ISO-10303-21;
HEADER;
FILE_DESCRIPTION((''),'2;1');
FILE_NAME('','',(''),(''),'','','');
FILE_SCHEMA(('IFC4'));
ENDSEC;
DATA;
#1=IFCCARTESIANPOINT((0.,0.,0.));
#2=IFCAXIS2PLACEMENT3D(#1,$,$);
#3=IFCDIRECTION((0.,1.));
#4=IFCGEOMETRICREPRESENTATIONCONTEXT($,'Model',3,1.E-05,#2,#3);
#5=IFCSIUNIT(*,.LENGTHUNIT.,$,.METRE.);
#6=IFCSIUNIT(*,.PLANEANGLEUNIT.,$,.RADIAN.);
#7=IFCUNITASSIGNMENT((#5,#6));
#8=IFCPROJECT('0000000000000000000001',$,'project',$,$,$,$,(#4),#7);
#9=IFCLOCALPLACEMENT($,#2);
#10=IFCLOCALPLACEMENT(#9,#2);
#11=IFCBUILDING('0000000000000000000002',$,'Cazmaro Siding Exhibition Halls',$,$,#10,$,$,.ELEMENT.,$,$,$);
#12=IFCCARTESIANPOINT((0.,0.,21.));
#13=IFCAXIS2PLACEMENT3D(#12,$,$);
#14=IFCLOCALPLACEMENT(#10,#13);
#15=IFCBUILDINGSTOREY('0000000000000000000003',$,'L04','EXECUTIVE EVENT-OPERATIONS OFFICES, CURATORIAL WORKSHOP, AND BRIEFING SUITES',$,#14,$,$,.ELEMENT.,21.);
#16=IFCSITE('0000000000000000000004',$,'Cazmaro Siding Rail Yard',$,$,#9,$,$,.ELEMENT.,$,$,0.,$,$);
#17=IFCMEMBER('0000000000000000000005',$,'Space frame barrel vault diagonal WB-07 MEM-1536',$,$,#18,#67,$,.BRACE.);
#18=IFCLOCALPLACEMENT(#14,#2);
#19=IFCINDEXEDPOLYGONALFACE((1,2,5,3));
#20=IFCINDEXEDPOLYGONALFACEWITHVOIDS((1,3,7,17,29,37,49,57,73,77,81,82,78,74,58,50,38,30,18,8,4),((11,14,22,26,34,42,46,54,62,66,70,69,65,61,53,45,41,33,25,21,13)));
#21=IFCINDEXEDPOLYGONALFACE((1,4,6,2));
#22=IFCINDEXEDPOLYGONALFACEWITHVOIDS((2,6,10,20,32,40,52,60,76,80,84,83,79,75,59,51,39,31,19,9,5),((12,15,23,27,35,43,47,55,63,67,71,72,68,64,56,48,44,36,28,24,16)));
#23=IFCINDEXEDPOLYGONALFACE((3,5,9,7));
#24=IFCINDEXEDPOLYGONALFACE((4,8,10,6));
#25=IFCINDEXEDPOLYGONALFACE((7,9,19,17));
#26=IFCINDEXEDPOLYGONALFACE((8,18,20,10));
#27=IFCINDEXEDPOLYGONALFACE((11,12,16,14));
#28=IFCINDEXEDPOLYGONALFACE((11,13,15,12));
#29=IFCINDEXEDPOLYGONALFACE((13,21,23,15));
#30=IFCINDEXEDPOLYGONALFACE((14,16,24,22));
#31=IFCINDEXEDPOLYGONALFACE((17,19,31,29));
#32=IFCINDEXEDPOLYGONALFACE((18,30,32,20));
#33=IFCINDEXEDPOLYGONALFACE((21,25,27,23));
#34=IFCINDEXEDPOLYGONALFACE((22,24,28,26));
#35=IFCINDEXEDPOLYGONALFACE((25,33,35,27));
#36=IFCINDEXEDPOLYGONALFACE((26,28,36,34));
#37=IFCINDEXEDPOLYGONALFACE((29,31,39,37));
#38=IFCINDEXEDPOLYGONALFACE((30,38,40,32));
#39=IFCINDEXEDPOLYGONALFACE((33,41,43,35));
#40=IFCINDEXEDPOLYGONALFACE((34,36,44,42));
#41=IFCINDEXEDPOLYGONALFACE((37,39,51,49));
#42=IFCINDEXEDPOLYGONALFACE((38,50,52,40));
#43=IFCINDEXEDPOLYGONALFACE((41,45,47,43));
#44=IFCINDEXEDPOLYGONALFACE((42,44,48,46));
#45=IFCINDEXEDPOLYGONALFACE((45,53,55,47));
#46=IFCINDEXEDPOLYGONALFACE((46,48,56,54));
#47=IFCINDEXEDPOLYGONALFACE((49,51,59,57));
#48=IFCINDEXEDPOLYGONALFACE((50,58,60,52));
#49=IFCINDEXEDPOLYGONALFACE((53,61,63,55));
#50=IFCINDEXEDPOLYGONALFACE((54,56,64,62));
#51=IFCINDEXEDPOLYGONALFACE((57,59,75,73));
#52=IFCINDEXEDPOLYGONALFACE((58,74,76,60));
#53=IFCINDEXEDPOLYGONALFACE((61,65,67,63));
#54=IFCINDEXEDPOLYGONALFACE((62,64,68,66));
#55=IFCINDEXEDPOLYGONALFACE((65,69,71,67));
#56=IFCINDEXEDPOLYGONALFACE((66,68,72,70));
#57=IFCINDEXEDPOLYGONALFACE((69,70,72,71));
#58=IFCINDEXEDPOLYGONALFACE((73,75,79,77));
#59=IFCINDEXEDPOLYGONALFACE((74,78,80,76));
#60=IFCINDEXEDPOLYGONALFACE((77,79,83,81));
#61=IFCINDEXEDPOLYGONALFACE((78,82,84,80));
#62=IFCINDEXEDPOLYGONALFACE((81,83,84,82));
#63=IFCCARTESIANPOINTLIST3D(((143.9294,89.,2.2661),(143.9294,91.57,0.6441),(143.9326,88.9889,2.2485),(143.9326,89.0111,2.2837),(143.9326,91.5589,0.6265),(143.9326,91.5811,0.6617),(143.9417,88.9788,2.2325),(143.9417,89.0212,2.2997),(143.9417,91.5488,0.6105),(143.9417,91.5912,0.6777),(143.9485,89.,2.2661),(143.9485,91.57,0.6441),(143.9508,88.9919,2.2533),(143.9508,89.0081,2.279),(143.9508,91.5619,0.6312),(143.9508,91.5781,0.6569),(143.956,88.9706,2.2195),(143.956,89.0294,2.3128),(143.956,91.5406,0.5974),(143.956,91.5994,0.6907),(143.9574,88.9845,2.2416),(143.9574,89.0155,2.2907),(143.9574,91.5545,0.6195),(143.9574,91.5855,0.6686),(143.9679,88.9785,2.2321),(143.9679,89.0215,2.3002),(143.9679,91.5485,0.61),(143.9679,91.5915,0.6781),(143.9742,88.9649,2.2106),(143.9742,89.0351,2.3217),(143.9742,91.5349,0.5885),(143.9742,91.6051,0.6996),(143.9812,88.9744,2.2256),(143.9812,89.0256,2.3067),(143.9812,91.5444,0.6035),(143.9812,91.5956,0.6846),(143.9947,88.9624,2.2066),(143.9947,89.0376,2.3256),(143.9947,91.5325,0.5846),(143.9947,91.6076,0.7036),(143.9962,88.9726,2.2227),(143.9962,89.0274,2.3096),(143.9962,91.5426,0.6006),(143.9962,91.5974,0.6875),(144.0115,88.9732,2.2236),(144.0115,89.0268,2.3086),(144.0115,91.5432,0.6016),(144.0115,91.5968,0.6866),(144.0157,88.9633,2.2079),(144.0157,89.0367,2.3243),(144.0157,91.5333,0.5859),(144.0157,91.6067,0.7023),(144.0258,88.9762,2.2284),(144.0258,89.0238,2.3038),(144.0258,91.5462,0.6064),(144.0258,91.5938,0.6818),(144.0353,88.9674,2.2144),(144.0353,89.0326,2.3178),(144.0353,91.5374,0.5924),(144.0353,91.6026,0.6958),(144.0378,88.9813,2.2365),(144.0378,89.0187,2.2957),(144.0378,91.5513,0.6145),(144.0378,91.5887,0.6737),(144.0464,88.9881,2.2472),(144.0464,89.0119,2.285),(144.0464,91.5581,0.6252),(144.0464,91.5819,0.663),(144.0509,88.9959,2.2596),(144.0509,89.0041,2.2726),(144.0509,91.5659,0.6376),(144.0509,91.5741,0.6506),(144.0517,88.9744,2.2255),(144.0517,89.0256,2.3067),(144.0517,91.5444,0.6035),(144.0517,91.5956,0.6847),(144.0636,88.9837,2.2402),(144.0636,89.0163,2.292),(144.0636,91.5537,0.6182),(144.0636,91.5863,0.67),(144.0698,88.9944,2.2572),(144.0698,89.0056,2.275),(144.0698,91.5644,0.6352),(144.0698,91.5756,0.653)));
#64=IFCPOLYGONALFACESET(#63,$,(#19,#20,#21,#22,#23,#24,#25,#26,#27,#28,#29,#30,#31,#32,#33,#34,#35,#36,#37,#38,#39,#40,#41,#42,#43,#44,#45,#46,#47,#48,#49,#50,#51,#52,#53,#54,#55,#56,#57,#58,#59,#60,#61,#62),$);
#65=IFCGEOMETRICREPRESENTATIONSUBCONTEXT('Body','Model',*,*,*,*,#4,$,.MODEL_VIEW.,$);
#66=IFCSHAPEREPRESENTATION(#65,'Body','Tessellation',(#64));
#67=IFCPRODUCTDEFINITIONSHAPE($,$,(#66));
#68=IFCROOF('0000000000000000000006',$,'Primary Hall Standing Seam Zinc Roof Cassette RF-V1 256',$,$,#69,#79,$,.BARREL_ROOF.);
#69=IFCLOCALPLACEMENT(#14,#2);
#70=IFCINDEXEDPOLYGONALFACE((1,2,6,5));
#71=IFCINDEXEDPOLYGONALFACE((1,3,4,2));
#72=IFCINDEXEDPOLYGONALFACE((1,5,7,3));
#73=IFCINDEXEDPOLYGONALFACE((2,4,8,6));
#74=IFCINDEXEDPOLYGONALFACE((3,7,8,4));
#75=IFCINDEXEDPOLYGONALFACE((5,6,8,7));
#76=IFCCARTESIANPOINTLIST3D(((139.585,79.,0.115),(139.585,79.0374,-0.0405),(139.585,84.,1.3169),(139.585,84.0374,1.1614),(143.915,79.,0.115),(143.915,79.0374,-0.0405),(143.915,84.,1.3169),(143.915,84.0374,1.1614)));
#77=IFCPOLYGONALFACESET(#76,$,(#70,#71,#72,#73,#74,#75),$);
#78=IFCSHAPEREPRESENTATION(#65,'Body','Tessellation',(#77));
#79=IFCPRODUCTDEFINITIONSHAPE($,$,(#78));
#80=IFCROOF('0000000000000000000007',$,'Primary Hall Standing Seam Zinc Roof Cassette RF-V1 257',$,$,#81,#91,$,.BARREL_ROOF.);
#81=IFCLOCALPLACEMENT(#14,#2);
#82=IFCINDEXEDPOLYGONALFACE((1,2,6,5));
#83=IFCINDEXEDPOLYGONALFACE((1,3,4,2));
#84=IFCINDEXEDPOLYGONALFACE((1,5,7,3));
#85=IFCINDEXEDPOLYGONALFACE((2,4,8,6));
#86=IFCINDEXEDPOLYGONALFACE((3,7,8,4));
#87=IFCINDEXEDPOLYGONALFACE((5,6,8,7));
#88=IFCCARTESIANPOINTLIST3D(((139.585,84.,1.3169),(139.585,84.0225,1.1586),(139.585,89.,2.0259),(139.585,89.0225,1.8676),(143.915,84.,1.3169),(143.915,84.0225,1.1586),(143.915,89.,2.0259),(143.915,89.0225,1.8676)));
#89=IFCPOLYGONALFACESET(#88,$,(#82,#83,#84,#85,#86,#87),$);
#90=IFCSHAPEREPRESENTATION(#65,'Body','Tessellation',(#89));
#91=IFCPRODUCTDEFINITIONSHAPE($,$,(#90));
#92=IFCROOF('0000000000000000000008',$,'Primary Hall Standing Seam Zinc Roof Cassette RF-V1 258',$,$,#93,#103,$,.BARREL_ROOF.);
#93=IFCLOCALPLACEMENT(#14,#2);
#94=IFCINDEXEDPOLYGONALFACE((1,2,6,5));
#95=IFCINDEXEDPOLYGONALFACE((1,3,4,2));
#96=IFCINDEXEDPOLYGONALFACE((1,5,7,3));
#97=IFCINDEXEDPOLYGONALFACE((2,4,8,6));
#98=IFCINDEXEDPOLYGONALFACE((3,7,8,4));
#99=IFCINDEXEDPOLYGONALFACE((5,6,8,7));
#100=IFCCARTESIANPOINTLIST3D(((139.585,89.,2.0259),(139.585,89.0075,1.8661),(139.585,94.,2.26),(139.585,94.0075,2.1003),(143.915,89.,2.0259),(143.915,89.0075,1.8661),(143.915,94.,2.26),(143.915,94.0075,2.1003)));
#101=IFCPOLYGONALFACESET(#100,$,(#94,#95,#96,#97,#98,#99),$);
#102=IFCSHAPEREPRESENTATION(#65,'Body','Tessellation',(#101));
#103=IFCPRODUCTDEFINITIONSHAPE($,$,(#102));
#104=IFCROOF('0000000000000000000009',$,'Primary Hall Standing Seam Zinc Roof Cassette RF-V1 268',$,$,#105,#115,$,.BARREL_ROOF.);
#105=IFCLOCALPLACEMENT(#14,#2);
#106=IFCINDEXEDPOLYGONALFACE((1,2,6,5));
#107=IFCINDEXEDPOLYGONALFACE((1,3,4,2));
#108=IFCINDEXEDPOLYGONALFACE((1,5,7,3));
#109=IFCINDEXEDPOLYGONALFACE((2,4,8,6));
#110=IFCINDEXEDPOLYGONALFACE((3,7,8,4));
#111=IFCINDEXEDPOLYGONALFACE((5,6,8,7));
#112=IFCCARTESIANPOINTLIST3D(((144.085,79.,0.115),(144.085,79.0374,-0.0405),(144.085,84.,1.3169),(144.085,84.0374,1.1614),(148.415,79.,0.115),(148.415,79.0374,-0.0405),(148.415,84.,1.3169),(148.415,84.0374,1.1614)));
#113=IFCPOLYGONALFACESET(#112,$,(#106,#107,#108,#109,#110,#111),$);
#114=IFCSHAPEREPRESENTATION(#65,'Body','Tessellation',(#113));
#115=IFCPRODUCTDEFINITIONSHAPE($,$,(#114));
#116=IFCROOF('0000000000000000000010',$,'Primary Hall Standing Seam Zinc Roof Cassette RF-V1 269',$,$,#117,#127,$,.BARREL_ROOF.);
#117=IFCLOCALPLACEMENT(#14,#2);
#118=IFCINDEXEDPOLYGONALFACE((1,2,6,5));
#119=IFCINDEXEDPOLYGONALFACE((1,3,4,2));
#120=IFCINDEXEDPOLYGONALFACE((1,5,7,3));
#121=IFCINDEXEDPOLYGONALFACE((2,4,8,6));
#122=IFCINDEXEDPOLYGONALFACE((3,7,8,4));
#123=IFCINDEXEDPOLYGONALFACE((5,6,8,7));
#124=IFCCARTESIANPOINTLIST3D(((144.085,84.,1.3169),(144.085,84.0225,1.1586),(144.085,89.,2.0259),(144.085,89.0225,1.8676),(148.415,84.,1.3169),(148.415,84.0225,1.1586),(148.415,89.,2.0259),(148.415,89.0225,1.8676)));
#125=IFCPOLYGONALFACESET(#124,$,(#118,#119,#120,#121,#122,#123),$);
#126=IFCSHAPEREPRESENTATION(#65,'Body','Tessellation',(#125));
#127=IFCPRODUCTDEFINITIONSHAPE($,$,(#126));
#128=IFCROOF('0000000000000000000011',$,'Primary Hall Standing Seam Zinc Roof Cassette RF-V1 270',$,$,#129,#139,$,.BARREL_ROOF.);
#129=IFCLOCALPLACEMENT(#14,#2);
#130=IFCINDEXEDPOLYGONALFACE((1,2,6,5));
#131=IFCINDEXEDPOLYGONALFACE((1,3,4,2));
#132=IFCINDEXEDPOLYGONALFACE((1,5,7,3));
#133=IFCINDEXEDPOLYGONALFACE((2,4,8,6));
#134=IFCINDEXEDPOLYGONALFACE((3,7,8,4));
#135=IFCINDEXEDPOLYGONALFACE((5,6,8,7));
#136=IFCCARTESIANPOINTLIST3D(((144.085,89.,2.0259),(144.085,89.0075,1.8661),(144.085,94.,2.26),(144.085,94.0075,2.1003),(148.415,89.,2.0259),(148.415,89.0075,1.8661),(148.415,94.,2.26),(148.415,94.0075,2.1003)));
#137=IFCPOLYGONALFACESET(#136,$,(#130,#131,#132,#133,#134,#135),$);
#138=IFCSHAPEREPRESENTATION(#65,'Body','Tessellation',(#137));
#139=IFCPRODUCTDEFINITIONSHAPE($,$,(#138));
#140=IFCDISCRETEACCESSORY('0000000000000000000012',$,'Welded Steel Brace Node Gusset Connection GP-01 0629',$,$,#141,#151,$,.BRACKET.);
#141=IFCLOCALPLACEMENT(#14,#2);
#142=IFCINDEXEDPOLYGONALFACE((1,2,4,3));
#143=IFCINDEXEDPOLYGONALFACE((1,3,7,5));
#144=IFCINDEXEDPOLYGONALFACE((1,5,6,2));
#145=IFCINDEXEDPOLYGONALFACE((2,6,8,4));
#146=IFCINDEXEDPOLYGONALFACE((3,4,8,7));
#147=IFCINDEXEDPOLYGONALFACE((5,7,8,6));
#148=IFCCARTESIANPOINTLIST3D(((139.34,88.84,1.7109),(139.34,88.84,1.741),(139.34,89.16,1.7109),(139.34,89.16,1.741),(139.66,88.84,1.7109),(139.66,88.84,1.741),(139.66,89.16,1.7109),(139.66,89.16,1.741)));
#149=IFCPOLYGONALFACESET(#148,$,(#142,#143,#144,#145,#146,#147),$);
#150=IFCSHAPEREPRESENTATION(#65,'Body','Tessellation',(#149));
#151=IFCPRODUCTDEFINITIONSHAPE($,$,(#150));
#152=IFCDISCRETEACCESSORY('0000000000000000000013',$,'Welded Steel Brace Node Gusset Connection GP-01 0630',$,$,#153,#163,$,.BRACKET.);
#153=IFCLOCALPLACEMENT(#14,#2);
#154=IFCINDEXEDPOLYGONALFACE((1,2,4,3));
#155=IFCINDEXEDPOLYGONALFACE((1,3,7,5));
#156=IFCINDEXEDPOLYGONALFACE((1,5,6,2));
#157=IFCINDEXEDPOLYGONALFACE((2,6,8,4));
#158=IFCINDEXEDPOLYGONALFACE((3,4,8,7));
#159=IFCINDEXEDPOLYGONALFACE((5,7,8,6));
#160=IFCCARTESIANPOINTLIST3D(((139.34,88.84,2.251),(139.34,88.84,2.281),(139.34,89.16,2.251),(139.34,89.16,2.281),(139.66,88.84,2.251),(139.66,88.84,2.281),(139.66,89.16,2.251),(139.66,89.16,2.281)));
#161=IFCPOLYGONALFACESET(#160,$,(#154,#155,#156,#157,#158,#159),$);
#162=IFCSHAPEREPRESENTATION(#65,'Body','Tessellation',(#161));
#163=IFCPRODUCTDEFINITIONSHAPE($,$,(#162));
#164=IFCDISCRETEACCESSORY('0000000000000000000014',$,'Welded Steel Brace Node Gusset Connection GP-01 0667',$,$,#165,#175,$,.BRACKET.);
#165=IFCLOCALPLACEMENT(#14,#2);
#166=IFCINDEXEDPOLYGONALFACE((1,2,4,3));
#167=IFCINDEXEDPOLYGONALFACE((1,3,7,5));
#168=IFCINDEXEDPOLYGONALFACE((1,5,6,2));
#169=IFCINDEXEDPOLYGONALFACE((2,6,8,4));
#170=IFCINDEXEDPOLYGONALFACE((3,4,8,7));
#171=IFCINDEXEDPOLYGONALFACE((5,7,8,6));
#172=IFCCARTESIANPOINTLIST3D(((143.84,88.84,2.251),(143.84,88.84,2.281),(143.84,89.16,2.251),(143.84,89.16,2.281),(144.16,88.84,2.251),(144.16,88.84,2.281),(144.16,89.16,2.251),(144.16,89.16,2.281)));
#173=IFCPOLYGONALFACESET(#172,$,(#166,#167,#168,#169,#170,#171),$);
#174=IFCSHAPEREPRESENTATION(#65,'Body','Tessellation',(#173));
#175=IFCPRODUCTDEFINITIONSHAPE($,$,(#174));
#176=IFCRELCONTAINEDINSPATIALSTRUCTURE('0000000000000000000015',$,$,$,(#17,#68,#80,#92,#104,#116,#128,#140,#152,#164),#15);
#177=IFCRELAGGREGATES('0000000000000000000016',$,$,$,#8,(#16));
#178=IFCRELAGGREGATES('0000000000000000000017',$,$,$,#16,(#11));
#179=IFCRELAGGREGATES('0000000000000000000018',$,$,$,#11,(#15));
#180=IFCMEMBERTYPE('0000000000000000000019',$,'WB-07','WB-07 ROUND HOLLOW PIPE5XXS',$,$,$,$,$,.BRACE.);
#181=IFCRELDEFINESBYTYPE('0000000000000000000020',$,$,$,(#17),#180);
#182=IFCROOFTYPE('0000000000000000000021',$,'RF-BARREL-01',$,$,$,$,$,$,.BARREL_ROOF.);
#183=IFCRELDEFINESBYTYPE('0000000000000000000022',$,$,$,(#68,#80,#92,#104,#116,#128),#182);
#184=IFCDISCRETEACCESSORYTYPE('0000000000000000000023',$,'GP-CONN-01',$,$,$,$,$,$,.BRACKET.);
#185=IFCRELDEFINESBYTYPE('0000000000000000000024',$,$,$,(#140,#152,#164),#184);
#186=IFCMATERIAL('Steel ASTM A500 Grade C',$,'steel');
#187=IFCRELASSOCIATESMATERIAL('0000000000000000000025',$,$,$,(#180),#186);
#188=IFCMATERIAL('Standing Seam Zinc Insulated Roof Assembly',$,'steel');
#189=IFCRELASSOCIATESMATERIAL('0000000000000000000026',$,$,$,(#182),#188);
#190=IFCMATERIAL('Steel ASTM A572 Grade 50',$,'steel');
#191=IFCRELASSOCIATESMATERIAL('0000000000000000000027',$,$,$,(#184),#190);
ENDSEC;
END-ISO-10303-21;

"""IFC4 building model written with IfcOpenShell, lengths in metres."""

from ifc_helpers import new_model, si_unit, direction, frame, origin, origin_2d, place, context, subcontext, project, spatial, polyline, rectangle, hollow_circle, outline, extrude, material, material_profile, profile_set, type_object, element, save


model = new_model("IFC4")

# Units and contexts
model_context = context("Model", 3, precision=1e-05, world=origin(), true_north=direction((0.0, 1.0)))
body_context = subcontext(model_context, "Body", "Model", "MODEL_VIEW")
ifc_project = project(units=[si_unit("LENGTHUNIT", "METRE"), si_unit("PLANEANGLEUNIT", "RADIAN")], contexts=[model_context])

# Site, building, storey
site_placement = place(None, origin())
site = spatial("IfcSite", under=ifc_project, at=site_placement, Name="Cazmaro Siding Rail Yard", CompositionType="ELEMENT", RefElevation=0.0)
building_placement = place(site_placement, origin())
building = spatial("IfcBuilding", under=site, at=building_placement, Name="Cazmaro Siding Exhibition Halls", CompositionType="ELEMENT")
storey_placement = place(building_placement, frame((0.0, 0.0, 21.0)))
storey = spatial("IfcBuildingStorey", under=building, at=storey_placement, Name="L04", Description="EXECUTIVE EVENT-OPERATIONS OFFICES, CURATORIAL WORKSHOP, AND BRIEFING SUITES", CompositionType="ELEMENT", Elevation=21.0)

# Member
ifc_material_1 = material(Name="Steel ASTM A500 Grade C", Category="steel")
ifc_material_profile_1 = material_profile(ifc_material_1, hollow_circle(Radius=0.0706, WallThickness=0.019, at=origin_2d()), Name="PIPE5XXS")
ifc_profile_set_1 = profile_set([ifc_material_profile_1], Name="Steel ASTM A500 Grade C")
member_type_1 = type_object("IfcMemberType", Name="WB-07", Description="WB-07 ROUND HOLLOW PIPE5XXS", PredefinedType="BRACE", material=ifc_profile_set_1)
member_1_placement = place(storey_placement, frame((144.0, 89.0, 2.2661), z_axis=(0.0, 0.845657, -0.533727), x_axis=(-1.0, 0.0, 0.0)))
element("IfcMember", 1, at=member_1_placement, inside=storey, type_object=member_type_1, Name="Space frame barrel vault diagonal WB-07 MEM-1536", PredefinedType="BRACE", context=body_context, shape_type="SweptSolid", body=[
    extrude(hollow_circle(Radius=0.0706, WallThickness=0.019, at=origin_2d()), origin(), (0.0, 0.0, 1.0), 3.0391),
])

# Roofs
ifc_material_2 = material(Name="Standing Seam Zinc Insulated Roof Assembly", Category="steel")
roof_type = type_object("IfcRoofType", Name="RF-BARREL-01", PredefinedType="BARREL_ROOF", material=ifc_material_2)
roof_1_placement = place(storey_placement, frame((139.585, 79.0, 0.115), z_axis=(0.0, -0.233723, 0.972303), x_axis=(1.0, 0.0, 0.0)))
element("IfcRoof", 2, at=roof_1_placement, inside=storey, type_object=roof_type, Name="Primary Hall Standing Seam Zinc Roof Cassette RF-V1 256", PredefinedType="BARREL_ROOF", context=body_context, shape_type="SweptSolid", body=[
    extrude(outline(polyline([(0.0, 0.0), (4.3301, 0.0), (4.3301, 5.1424), (0.0, 5.1424), (0.0, 0.0)])), origin(), (0.0, 0.0, -1.0), 0.1599),
])
roof_2_placement = place(storey_placement, frame((139.585, 84.0, 1.3169), z_axis=(0.0, -0.140393, 0.990096), x_axis=(1.0, 0.0, 0.0)))
element("IfcRoof", 3, at=roof_2_placement, inside=storey, type_object=roof_type, Name="Primary Hall Standing Seam Zinc Roof Cassette RF-V1 257", PredefinedType="BARREL_ROOF", context=body_context, shape_type="SweptSolid", body=[
    extrude(outline(polyline([(0.0, 0.0), (4.3301, 0.0), (4.3301, 5.05), (0.0, 5.05), (0.0, 0.0)])), origin(), (0.0, 0.0, -1.0), 0.1599),
])
roof_3_placement = place(storey_placement, frame((139.585, 89.0, 2.0259), z_axis=(0.0, -0.046775, 0.998905), x_axis=(1.0, 0.0, 0.0)))
element("IfcRoof", 4, at=roof_3_placement, inside=storey, type_object=roof_type, Name="Primary Hall Standing Seam Zinc Roof Cassette RF-V1 258", PredefinedType="BARREL_ROOF", context=body_context, shape_type="SweptSolid", body=[
    extrude(outline(polyline([(0.0, 0.0), (4.3301, 0.0), (4.3301, 5.0055), (0.0, 5.0055), (0.0, 0.0)])), origin(), (0.0, 0.0, -1.0), 0.1599),
])
roof_4_placement = place(storey_placement, frame((144.085, 79.0, 0.115), z_axis=(0.0, -0.233723, 0.972303), x_axis=(1.0, 0.0, 0.0)))
element("IfcRoof", 5, at=roof_4_placement, inside=storey, type_object=roof_type, Name="Primary Hall Standing Seam Zinc Roof Cassette RF-V1 268", PredefinedType="BARREL_ROOF", context=body_context, shape_type="SweptSolid", body=[
    extrude(outline(polyline([(0.0, 0.0), (4.3301, 0.0), (4.3301, 5.1424), (0.0, 5.1424), (0.0, 0.0)])), origin(), (0.0, 0.0, -1.0), 0.1599),
])
roof_5_placement = place(storey_placement, frame((144.085, 84.0, 1.3169), z_axis=(0.0, -0.140393, 0.990096), x_axis=(1.0, 0.0, 0.0)))
element("IfcRoof", 6, at=roof_5_placement, inside=storey, type_object=roof_type, Name="Primary Hall Standing Seam Zinc Roof Cassette RF-V1 269", PredefinedType="BARREL_ROOF", context=body_context, shape_type="SweptSolid", body=[
    extrude(outline(polyline([(0.0, 0.0), (4.3301, 0.0), (4.3301, 5.05), (0.0, 5.05), (0.0, 0.0)])), origin(), (0.0, 0.0, -1.0), 0.1599),
])
roof_6_placement = place(storey_placement, frame((144.085, 89.0, 2.0259), z_axis=(0.0, -0.046775, 0.998905), x_axis=(1.0, 0.0, 0.0)))
element("IfcRoof", 7, at=roof_6_placement, inside=storey, type_object=roof_type, Name="Primary Hall Standing Seam Zinc Roof Cassette RF-V1 270", PredefinedType="BARREL_ROOF", context=body_context, shape_type="SweptSolid", body=[
    extrude(outline(polyline([(0.0, 0.0), (4.3301, 0.0), (4.3301, 5.0055), (0.0, 5.0055), (0.0, 0.0)])), origin(), (0.0, 0.0, -1.0), 0.1599),
])

# Discrete accessories
ifc_material_3 = material(Name="Steel ASTM A572 Grade 50", Category="steel")
discrete_accessory_type = type_object("IfcDiscreteAccessoryType", Name="GP-CONN-01", PredefinedType="BRACKET", material=ifc_material_3)
for number, where, z_axis, x_axis, name in (
    (8, (139.5, 89.0, 1.7109), (0.0, 0.0, 1.0), (1.0, 0.0, 0.0), "Welded Steel Brace Node Gusset Connection GP-01 0629"),
    (9, (139.5, 89.0, 2.251), (0.0, 0.0, 1.0), (1.0, 0.0, 0.0), "Welded Steel Brace Node Gusset Connection GP-01 0630"),
    (10, (144.0, 89.0, 2.251), (0.0, 0.0, 1.0), (1.0, 0.0, 0.0), "Welded Steel Brace Node Gusset Connection GP-01 0667"),
):
    element("IfcDiscreteAccessory", number, at=place(storey_placement, frame(where, z_axis=z_axis, x_axis=x_axis)), inside=storey, type_object=discrete_accessory_type, Name=name, PredefinedType="BRACKET", context=body_context, shape_type="SweptSolid", body=[
        extrude(rectangle(XDim=0.3201, YDim=0.3201, at=origin_2d()), origin(), (0.0, 0.0, 1.0), 0.03),
    ])

save(model, "model.ifc")
